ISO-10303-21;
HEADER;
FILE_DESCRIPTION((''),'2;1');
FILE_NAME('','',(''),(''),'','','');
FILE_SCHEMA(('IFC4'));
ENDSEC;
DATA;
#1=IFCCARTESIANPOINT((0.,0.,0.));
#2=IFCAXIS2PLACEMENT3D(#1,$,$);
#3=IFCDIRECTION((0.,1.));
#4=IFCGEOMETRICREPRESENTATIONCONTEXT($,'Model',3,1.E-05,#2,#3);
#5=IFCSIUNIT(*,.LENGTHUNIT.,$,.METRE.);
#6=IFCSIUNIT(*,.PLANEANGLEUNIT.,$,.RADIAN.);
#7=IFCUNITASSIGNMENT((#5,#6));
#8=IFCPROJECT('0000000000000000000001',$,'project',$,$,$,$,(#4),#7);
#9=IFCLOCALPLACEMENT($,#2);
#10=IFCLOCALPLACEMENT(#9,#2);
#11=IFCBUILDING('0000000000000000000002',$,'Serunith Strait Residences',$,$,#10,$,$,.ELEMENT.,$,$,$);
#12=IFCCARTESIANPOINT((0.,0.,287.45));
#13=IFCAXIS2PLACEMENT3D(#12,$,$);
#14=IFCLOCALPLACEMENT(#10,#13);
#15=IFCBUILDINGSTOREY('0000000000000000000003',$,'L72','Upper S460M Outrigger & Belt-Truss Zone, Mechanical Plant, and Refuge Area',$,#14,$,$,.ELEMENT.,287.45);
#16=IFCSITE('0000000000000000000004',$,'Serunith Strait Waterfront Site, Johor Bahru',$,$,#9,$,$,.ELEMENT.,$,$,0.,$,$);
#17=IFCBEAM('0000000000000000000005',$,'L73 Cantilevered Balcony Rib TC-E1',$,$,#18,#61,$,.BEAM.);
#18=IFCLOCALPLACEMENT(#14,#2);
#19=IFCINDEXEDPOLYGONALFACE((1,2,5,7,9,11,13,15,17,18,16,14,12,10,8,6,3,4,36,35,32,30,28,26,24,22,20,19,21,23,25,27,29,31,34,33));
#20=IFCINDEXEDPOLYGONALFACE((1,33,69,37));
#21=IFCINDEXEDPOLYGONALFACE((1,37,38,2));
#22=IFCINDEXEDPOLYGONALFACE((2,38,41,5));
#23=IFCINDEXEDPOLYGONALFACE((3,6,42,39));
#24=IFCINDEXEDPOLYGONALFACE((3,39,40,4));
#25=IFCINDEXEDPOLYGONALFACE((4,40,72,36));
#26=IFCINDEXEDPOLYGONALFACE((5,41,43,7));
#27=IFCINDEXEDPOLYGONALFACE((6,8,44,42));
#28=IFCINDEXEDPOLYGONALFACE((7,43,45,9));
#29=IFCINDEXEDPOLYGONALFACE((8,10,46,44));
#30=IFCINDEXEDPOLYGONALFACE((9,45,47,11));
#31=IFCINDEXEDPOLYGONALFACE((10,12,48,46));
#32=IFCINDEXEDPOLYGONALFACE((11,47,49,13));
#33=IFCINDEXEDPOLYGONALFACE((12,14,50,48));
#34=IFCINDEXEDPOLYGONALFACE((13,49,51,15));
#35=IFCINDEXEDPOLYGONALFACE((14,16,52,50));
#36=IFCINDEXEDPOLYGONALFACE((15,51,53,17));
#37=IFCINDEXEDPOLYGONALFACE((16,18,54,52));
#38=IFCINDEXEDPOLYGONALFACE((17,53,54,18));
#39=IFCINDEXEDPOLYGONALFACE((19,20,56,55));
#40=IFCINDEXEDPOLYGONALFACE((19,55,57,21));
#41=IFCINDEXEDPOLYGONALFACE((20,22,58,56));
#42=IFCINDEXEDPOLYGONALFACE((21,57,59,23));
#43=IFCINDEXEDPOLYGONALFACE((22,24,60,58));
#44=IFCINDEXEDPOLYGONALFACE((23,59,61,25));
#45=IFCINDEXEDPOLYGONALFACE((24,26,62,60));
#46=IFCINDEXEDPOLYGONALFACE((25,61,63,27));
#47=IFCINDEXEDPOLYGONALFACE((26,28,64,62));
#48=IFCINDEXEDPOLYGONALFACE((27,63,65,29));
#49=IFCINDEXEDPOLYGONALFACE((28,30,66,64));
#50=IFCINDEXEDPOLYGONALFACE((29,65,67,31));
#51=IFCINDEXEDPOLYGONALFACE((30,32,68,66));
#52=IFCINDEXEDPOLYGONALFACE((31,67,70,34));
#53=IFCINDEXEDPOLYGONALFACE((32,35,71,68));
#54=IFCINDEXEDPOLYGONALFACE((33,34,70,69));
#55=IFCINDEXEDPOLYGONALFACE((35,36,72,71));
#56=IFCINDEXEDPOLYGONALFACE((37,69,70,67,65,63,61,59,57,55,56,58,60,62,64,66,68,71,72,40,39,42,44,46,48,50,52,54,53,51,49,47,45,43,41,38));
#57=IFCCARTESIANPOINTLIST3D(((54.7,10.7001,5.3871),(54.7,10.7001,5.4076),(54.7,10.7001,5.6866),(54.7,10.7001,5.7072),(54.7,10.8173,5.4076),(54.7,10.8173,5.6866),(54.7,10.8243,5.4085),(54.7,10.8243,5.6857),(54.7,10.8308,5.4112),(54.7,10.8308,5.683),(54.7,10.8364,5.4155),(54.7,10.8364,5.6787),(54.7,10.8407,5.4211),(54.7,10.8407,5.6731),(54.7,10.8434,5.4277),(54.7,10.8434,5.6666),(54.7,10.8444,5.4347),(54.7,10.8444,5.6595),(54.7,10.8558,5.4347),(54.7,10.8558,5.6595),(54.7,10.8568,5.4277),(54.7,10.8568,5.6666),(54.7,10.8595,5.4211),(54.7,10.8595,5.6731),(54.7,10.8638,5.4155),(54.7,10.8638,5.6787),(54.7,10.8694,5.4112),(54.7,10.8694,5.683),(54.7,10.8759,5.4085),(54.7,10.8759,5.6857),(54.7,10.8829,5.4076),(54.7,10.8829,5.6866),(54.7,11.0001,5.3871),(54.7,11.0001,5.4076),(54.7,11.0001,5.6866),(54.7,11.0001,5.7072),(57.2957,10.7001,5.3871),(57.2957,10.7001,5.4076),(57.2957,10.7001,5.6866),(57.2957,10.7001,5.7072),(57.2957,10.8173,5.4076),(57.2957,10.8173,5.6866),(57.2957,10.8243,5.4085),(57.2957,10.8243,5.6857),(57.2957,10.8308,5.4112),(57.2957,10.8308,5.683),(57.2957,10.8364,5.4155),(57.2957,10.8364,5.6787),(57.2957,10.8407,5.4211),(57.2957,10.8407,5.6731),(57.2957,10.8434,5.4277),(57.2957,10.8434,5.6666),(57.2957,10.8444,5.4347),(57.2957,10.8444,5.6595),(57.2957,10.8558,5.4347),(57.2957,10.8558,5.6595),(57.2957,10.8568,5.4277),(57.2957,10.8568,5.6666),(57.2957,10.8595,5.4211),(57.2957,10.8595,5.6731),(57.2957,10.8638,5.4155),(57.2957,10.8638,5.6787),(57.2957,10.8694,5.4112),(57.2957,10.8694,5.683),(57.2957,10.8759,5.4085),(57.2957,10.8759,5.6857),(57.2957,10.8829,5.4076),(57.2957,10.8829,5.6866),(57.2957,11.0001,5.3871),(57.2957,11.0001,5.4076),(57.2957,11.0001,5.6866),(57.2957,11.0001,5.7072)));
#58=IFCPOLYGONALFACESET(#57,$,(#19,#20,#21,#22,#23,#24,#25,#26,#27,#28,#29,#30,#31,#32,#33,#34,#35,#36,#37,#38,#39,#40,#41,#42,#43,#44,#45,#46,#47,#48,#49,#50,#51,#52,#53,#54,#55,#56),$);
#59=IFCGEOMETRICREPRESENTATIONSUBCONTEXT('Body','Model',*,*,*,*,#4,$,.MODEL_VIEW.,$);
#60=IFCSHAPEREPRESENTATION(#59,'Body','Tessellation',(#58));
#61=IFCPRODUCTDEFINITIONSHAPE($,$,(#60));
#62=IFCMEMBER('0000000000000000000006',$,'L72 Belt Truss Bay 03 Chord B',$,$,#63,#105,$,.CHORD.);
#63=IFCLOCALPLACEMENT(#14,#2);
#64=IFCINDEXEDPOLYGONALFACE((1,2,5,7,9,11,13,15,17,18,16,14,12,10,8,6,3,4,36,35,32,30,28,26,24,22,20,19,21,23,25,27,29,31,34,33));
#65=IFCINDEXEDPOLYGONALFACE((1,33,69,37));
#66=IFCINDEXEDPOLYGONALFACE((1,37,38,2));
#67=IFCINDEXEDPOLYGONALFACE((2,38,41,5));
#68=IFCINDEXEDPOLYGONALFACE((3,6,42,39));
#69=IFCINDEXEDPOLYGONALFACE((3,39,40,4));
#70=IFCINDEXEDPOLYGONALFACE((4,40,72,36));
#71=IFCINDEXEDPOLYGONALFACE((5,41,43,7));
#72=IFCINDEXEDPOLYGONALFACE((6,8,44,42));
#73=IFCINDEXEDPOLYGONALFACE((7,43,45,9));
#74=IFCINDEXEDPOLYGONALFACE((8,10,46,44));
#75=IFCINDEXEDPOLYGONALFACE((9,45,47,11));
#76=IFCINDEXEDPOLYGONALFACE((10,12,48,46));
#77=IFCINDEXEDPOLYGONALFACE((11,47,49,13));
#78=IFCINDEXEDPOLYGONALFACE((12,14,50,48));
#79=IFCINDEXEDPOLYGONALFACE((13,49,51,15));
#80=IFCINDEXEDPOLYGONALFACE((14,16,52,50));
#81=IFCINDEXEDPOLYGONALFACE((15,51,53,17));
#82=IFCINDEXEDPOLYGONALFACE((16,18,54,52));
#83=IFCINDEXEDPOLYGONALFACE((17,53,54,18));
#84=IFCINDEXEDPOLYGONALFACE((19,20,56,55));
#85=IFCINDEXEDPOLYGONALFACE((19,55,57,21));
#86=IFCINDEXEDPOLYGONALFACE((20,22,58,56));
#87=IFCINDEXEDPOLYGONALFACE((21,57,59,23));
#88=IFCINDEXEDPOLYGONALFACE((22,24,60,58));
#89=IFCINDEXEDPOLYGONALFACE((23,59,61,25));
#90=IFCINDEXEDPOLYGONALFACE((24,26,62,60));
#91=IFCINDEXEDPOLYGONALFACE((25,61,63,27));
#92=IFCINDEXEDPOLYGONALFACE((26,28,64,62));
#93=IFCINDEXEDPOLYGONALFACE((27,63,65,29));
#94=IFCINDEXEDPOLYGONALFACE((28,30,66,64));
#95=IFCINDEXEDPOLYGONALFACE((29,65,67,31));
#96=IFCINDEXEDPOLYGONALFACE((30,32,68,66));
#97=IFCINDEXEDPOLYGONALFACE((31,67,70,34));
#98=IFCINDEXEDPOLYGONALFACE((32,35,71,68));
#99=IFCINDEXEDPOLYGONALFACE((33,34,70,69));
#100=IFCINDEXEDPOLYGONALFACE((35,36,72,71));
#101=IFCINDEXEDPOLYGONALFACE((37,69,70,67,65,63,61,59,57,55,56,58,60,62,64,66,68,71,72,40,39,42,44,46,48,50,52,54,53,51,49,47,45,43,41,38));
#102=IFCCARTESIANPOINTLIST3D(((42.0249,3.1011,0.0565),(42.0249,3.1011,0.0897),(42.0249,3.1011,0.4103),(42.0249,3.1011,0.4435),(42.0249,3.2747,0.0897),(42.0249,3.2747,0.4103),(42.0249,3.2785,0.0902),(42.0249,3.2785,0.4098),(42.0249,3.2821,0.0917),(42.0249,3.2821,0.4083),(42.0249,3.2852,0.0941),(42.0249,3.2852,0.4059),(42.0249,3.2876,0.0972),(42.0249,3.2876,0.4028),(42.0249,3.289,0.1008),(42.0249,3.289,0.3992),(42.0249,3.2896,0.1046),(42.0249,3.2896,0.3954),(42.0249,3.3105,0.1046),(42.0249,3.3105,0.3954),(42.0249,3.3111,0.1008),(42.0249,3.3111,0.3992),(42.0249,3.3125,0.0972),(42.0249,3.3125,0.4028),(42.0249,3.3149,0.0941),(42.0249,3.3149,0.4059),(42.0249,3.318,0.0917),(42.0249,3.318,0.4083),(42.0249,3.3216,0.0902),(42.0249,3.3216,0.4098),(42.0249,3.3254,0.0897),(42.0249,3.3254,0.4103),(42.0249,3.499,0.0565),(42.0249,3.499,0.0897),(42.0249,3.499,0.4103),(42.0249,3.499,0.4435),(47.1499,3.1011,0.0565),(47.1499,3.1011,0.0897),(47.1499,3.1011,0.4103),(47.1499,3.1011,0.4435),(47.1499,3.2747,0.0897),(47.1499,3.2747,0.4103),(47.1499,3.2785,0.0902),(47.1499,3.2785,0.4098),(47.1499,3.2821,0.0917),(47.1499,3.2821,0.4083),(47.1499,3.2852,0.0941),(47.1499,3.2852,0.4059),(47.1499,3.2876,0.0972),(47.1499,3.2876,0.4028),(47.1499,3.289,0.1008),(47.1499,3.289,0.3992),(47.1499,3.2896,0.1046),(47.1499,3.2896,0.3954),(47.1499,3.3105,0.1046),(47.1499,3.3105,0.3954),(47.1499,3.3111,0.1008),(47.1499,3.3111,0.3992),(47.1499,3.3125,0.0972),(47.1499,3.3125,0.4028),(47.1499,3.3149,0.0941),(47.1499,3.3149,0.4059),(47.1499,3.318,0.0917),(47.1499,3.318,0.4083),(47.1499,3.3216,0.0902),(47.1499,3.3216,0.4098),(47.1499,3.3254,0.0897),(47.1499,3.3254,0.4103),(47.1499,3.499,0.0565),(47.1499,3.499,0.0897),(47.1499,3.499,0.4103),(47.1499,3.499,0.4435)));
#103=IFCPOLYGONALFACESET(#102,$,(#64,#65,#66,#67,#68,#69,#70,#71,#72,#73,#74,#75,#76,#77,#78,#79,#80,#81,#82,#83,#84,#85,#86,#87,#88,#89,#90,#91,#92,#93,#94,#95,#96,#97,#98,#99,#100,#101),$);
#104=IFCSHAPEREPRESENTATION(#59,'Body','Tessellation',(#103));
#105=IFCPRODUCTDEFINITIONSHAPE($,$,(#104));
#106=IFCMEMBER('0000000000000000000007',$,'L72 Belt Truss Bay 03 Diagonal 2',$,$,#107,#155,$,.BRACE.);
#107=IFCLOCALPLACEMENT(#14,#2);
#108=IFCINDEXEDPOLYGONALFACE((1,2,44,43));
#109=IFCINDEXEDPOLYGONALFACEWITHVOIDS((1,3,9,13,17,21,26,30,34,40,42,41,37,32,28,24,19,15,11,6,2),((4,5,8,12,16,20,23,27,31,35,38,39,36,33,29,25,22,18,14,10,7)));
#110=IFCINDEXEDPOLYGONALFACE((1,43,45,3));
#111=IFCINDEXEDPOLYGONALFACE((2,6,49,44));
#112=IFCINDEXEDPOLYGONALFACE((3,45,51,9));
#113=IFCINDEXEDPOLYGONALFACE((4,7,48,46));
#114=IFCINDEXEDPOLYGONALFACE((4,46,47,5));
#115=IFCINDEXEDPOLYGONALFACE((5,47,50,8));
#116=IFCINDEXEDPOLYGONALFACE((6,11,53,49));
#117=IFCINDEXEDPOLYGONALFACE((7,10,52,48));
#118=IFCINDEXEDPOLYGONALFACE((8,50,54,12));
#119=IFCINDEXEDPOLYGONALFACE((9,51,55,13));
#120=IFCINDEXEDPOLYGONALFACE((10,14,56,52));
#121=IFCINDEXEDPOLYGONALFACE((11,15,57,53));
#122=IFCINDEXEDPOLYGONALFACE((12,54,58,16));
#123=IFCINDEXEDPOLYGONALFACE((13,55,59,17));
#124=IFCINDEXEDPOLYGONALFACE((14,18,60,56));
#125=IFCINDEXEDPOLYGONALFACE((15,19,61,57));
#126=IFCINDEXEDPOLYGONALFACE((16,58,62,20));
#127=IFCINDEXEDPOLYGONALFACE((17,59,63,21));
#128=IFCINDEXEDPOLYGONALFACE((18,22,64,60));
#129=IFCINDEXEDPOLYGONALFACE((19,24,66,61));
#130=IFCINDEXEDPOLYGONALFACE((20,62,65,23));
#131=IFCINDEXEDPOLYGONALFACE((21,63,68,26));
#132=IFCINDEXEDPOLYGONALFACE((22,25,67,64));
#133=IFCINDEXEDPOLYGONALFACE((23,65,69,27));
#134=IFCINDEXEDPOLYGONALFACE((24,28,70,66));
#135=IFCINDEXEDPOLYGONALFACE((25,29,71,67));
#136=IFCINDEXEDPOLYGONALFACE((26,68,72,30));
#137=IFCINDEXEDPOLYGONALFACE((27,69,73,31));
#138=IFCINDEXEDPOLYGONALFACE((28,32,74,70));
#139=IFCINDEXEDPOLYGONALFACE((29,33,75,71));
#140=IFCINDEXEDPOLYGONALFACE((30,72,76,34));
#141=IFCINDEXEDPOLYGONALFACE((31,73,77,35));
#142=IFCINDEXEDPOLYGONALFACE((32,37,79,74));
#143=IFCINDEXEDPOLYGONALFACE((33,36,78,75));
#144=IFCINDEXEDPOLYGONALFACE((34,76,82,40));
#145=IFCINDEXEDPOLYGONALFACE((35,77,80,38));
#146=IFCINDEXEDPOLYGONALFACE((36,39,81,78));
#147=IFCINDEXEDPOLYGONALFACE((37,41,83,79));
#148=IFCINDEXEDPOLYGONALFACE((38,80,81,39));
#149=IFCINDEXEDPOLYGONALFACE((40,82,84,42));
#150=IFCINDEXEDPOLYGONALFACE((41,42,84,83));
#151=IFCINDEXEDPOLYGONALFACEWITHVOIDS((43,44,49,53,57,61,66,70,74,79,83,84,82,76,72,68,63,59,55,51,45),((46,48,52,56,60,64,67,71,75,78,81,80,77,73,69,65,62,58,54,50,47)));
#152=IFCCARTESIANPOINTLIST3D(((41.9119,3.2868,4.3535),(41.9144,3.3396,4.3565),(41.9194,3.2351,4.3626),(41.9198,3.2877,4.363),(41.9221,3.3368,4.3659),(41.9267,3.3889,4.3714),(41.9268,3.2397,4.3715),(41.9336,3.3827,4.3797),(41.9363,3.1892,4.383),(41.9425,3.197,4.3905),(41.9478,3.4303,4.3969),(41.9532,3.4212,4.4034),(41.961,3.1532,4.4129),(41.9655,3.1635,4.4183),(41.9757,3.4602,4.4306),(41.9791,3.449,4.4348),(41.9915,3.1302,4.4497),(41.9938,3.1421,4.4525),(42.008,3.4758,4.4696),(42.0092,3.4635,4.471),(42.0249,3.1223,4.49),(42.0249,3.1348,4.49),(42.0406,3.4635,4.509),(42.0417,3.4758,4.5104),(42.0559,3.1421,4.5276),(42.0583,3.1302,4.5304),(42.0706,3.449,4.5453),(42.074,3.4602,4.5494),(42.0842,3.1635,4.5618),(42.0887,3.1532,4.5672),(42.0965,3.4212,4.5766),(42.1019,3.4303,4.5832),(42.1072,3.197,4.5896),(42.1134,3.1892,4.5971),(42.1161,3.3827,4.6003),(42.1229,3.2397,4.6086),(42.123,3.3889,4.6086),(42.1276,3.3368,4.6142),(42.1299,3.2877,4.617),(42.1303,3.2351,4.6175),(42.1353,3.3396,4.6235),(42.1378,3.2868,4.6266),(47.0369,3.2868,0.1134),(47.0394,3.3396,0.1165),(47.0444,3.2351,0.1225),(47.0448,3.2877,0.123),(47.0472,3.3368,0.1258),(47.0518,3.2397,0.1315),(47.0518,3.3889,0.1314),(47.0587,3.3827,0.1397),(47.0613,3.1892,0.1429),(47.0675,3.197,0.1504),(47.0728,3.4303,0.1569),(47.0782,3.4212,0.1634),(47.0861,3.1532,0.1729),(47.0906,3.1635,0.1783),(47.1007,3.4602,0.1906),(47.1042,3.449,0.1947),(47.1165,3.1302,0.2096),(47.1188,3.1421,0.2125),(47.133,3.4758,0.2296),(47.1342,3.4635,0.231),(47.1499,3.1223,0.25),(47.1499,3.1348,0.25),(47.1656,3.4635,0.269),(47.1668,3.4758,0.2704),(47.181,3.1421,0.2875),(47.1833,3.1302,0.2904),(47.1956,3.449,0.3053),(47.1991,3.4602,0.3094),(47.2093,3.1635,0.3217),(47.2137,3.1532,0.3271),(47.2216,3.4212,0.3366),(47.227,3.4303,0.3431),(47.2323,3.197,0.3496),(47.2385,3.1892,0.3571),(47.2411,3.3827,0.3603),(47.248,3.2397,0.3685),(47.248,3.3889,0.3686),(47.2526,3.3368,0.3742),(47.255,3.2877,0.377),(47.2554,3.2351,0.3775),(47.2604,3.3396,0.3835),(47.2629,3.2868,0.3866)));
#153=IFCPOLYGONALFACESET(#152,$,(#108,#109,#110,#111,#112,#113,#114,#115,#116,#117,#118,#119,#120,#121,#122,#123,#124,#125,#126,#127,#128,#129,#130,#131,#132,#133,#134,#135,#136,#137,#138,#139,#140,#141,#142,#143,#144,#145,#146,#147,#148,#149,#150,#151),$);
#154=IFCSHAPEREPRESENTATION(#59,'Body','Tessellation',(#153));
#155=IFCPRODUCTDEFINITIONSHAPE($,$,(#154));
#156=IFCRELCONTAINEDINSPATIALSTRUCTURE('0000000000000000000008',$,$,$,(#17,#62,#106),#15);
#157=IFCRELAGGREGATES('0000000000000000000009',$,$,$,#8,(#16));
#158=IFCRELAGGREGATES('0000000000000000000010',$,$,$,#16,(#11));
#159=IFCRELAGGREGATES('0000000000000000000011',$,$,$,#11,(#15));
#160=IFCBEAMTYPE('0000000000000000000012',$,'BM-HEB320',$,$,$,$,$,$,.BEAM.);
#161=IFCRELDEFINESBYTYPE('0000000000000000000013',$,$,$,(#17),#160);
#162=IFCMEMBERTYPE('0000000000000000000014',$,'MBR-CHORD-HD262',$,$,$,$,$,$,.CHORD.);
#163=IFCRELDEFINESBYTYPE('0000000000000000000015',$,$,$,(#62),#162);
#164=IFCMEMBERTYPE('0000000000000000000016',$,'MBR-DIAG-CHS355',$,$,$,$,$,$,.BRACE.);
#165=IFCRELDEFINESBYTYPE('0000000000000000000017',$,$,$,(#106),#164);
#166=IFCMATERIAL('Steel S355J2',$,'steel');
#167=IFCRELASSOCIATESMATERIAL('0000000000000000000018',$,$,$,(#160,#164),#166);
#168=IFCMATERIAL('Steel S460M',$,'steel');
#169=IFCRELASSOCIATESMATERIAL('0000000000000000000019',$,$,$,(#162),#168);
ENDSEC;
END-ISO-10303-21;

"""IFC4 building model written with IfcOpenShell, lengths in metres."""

from ifc_helpers import new_model, si_unit, direction, frame, origin, origin_2d, place, context, subcontext, project, spatial, hollow_circle, i_section, extrude, source, transform, mapped, material, material_profile, profile_set, type_object, element, save


model = new_model("IFC4")

# Units and contexts
model_context = context("Model", 3, precision=1e-05, world=origin(), true_north=direction((0.0, 1.0)))
body_context = subcontext(model_context, "Body", "Model", "MODEL_VIEW")
ifc_project = project(units=[si_unit("LENGTHUNIT", "METRE"), si_unit("PLANEANGLEUNIT", "RADIAN")], contexts=[model_context])

# Site, building, storey
site_placement = place(None, origin())
site = spatial("IfcSite", under=ifc_project, at=site_placement, Name="Serunith Strait Waterfront Site, Johor Bahru", CompositionType="ELEMENT", RefElevation=0.0)
building_placement = place(site_placement, origin())
building = spatial("IfcBuilding", under=site, at=building_placement, Name="Serunith Strait Residences", CompositionType="ELEMENT")
storey_placement = place(building_placement, frame((0.0, 0.0, 287.45)))
storey = spatial("IfcBuildingStorey", under=building, at=storey_placement, Name="L72", Description="Upper S460M Outrigger & Belt-Truss Zone, Mechanical Plant, and Refuge Area", CompositionType="ELEMENT", Elevation=287.45)

# Beam
ifc_material_1 = material(Name="Steel S355J2", Category="steel")
ifc_material_profile_1 = material_profile(ifc_material_1, i_section(OverallWidth=0.3, OverallDepth=0.3201, WebThickness=0.0115, FlangeThickness=0.0205, FilletRadius=0.0271, at=origin_2d()), Name="HEB 320")
ifc_profile_set_1 = profile_set([ifc_material_profile_1], Name="Steel S355J2")
beam_type_1 = type_object("IfcBeamType", Name="BM-HEB320", PredefinedType="BEAM", material=ifc_profile_set_1)
shared_shape_1 = source(origin(), body_context, "Body", "SweptSolid", [
    extrude(i_section(OverallWidth=0.3, OverallDepth=0.3201, WebThickness=0.0115, FlangeThickness=0.0205, FilletRadius=0.0271, at=origin_2d()), origin(), (0.0, 0.0, 1.0), 2.5957),
])
beam_1_placement = place(storey_placement, frame((54.7, 10.8501, 5.5471), z_axis=(1.0, 0.0, 0.0), x_axis=(0.0, 1.0, 0.0)))
element("IfcBeam", 1, at=beam_1_placement, inside=storey, type_object=beam_type_1, Name="L73 Cantilevered Balcony Rib TC-E1", PredefinedType="BEAM", context=body_context, shape_type="MappedRepresentation", body=[
    mapped(shared_shape_1, transform((0.0, 0.0, 0.0), scale=1.0)),
])

# Members
ifc_material_2 = material(Name="Steel S460M", Category="steel")
ifc_material_profile_2 = material_profile(ifc_material_2, i_section(OverallWidth=0.3979, OverallDepth=0.387, WebThickness=0.021, FlangeThickness=0.0332, FilletRadius=0.0149, at=origin_2d()), Name="HD 400x262")
ifc_profile_set_2 = profile_set([ifc_material_profile_2], Name="Steel S460M")
member_type_1 = type_object("IfcMemberType", Name="MBR-CHORD-HD262", PredefinedType="CHORD", material=ifc_profile_set_2)
shared_shape_2 = source(origin(), body_context, "Body", "SweptSolid", [
    extrude(i_section(OverallWidth=0.3979, OverallDepth=0.387, WebThickness=0.021, FlangeThickness=0.0332, FilletRadius=0.0149, at=origin_2d()), origin(), (0.0, 0.0, 1.0), 5.125),
])
member_1_placement = place(storey_placement, frame((42.0249, 3.3, 0.25), z_axis=(1.0, 0.0, 0.0), x_axis=(0.0, 1.0, 0.0)))
element("IfcMember", 2, at=member_1_placement, inside=storey, type_object=member_type_1, Name="L72 Belt Truss Bay 03 Chord B", PredefinedType="CHORD", context=body_context, shape_type="MappedRepresentation", body=[
    mapped(shared_shape_2, transform((0.0, 0.0, 0.0), scale=1.0)),
])
ifc_material_profile_3 = material_profile(ifc_material_1, hollow_circle(Radius=0.1777, WallThickness=0.0125, at=origin_2d()), Name="CHS 355.6x12.5")
ifc_profile_set_3 = profile_set([ifc_material_profile_3], Name="Steel S355J2")
member_type_2 = type_object("IfcMemberType", Name="MBR-DIAG-CHS355", PredefinedType="BRACE", material=ifc_profile_set_3)
shared_shape_3 = source(origin(), body_context, "Body", "SweptSolid", [
    extrude(hollow_circle(Radius=0.1777, WallThickness=0.0125, at=origin_2d()), origin(), (0.0, 0.0, 1.0), 6.6516),
])
member_2_placement = place(storey_placement, frame((47.1499, 3.3, 0.25), z_axis=(-0.770497, 0.0, 0.637444), x_axis=(0.0, -1.0, 0.0)))
element("IfcMember", 3, at=member_2_placement, inside=storey, type_object=member_type_2, Name="L72 Belt Truss Bay 03 Diagonal 2", PredefinedType="BRACE", context=body_context, shape_type="MappedRepresentation", body=[
    mapped(shared_shape_3, transform((0.0, 0.0, 0.0), scale=1.0)),
])

save(model, "model.ifc")
